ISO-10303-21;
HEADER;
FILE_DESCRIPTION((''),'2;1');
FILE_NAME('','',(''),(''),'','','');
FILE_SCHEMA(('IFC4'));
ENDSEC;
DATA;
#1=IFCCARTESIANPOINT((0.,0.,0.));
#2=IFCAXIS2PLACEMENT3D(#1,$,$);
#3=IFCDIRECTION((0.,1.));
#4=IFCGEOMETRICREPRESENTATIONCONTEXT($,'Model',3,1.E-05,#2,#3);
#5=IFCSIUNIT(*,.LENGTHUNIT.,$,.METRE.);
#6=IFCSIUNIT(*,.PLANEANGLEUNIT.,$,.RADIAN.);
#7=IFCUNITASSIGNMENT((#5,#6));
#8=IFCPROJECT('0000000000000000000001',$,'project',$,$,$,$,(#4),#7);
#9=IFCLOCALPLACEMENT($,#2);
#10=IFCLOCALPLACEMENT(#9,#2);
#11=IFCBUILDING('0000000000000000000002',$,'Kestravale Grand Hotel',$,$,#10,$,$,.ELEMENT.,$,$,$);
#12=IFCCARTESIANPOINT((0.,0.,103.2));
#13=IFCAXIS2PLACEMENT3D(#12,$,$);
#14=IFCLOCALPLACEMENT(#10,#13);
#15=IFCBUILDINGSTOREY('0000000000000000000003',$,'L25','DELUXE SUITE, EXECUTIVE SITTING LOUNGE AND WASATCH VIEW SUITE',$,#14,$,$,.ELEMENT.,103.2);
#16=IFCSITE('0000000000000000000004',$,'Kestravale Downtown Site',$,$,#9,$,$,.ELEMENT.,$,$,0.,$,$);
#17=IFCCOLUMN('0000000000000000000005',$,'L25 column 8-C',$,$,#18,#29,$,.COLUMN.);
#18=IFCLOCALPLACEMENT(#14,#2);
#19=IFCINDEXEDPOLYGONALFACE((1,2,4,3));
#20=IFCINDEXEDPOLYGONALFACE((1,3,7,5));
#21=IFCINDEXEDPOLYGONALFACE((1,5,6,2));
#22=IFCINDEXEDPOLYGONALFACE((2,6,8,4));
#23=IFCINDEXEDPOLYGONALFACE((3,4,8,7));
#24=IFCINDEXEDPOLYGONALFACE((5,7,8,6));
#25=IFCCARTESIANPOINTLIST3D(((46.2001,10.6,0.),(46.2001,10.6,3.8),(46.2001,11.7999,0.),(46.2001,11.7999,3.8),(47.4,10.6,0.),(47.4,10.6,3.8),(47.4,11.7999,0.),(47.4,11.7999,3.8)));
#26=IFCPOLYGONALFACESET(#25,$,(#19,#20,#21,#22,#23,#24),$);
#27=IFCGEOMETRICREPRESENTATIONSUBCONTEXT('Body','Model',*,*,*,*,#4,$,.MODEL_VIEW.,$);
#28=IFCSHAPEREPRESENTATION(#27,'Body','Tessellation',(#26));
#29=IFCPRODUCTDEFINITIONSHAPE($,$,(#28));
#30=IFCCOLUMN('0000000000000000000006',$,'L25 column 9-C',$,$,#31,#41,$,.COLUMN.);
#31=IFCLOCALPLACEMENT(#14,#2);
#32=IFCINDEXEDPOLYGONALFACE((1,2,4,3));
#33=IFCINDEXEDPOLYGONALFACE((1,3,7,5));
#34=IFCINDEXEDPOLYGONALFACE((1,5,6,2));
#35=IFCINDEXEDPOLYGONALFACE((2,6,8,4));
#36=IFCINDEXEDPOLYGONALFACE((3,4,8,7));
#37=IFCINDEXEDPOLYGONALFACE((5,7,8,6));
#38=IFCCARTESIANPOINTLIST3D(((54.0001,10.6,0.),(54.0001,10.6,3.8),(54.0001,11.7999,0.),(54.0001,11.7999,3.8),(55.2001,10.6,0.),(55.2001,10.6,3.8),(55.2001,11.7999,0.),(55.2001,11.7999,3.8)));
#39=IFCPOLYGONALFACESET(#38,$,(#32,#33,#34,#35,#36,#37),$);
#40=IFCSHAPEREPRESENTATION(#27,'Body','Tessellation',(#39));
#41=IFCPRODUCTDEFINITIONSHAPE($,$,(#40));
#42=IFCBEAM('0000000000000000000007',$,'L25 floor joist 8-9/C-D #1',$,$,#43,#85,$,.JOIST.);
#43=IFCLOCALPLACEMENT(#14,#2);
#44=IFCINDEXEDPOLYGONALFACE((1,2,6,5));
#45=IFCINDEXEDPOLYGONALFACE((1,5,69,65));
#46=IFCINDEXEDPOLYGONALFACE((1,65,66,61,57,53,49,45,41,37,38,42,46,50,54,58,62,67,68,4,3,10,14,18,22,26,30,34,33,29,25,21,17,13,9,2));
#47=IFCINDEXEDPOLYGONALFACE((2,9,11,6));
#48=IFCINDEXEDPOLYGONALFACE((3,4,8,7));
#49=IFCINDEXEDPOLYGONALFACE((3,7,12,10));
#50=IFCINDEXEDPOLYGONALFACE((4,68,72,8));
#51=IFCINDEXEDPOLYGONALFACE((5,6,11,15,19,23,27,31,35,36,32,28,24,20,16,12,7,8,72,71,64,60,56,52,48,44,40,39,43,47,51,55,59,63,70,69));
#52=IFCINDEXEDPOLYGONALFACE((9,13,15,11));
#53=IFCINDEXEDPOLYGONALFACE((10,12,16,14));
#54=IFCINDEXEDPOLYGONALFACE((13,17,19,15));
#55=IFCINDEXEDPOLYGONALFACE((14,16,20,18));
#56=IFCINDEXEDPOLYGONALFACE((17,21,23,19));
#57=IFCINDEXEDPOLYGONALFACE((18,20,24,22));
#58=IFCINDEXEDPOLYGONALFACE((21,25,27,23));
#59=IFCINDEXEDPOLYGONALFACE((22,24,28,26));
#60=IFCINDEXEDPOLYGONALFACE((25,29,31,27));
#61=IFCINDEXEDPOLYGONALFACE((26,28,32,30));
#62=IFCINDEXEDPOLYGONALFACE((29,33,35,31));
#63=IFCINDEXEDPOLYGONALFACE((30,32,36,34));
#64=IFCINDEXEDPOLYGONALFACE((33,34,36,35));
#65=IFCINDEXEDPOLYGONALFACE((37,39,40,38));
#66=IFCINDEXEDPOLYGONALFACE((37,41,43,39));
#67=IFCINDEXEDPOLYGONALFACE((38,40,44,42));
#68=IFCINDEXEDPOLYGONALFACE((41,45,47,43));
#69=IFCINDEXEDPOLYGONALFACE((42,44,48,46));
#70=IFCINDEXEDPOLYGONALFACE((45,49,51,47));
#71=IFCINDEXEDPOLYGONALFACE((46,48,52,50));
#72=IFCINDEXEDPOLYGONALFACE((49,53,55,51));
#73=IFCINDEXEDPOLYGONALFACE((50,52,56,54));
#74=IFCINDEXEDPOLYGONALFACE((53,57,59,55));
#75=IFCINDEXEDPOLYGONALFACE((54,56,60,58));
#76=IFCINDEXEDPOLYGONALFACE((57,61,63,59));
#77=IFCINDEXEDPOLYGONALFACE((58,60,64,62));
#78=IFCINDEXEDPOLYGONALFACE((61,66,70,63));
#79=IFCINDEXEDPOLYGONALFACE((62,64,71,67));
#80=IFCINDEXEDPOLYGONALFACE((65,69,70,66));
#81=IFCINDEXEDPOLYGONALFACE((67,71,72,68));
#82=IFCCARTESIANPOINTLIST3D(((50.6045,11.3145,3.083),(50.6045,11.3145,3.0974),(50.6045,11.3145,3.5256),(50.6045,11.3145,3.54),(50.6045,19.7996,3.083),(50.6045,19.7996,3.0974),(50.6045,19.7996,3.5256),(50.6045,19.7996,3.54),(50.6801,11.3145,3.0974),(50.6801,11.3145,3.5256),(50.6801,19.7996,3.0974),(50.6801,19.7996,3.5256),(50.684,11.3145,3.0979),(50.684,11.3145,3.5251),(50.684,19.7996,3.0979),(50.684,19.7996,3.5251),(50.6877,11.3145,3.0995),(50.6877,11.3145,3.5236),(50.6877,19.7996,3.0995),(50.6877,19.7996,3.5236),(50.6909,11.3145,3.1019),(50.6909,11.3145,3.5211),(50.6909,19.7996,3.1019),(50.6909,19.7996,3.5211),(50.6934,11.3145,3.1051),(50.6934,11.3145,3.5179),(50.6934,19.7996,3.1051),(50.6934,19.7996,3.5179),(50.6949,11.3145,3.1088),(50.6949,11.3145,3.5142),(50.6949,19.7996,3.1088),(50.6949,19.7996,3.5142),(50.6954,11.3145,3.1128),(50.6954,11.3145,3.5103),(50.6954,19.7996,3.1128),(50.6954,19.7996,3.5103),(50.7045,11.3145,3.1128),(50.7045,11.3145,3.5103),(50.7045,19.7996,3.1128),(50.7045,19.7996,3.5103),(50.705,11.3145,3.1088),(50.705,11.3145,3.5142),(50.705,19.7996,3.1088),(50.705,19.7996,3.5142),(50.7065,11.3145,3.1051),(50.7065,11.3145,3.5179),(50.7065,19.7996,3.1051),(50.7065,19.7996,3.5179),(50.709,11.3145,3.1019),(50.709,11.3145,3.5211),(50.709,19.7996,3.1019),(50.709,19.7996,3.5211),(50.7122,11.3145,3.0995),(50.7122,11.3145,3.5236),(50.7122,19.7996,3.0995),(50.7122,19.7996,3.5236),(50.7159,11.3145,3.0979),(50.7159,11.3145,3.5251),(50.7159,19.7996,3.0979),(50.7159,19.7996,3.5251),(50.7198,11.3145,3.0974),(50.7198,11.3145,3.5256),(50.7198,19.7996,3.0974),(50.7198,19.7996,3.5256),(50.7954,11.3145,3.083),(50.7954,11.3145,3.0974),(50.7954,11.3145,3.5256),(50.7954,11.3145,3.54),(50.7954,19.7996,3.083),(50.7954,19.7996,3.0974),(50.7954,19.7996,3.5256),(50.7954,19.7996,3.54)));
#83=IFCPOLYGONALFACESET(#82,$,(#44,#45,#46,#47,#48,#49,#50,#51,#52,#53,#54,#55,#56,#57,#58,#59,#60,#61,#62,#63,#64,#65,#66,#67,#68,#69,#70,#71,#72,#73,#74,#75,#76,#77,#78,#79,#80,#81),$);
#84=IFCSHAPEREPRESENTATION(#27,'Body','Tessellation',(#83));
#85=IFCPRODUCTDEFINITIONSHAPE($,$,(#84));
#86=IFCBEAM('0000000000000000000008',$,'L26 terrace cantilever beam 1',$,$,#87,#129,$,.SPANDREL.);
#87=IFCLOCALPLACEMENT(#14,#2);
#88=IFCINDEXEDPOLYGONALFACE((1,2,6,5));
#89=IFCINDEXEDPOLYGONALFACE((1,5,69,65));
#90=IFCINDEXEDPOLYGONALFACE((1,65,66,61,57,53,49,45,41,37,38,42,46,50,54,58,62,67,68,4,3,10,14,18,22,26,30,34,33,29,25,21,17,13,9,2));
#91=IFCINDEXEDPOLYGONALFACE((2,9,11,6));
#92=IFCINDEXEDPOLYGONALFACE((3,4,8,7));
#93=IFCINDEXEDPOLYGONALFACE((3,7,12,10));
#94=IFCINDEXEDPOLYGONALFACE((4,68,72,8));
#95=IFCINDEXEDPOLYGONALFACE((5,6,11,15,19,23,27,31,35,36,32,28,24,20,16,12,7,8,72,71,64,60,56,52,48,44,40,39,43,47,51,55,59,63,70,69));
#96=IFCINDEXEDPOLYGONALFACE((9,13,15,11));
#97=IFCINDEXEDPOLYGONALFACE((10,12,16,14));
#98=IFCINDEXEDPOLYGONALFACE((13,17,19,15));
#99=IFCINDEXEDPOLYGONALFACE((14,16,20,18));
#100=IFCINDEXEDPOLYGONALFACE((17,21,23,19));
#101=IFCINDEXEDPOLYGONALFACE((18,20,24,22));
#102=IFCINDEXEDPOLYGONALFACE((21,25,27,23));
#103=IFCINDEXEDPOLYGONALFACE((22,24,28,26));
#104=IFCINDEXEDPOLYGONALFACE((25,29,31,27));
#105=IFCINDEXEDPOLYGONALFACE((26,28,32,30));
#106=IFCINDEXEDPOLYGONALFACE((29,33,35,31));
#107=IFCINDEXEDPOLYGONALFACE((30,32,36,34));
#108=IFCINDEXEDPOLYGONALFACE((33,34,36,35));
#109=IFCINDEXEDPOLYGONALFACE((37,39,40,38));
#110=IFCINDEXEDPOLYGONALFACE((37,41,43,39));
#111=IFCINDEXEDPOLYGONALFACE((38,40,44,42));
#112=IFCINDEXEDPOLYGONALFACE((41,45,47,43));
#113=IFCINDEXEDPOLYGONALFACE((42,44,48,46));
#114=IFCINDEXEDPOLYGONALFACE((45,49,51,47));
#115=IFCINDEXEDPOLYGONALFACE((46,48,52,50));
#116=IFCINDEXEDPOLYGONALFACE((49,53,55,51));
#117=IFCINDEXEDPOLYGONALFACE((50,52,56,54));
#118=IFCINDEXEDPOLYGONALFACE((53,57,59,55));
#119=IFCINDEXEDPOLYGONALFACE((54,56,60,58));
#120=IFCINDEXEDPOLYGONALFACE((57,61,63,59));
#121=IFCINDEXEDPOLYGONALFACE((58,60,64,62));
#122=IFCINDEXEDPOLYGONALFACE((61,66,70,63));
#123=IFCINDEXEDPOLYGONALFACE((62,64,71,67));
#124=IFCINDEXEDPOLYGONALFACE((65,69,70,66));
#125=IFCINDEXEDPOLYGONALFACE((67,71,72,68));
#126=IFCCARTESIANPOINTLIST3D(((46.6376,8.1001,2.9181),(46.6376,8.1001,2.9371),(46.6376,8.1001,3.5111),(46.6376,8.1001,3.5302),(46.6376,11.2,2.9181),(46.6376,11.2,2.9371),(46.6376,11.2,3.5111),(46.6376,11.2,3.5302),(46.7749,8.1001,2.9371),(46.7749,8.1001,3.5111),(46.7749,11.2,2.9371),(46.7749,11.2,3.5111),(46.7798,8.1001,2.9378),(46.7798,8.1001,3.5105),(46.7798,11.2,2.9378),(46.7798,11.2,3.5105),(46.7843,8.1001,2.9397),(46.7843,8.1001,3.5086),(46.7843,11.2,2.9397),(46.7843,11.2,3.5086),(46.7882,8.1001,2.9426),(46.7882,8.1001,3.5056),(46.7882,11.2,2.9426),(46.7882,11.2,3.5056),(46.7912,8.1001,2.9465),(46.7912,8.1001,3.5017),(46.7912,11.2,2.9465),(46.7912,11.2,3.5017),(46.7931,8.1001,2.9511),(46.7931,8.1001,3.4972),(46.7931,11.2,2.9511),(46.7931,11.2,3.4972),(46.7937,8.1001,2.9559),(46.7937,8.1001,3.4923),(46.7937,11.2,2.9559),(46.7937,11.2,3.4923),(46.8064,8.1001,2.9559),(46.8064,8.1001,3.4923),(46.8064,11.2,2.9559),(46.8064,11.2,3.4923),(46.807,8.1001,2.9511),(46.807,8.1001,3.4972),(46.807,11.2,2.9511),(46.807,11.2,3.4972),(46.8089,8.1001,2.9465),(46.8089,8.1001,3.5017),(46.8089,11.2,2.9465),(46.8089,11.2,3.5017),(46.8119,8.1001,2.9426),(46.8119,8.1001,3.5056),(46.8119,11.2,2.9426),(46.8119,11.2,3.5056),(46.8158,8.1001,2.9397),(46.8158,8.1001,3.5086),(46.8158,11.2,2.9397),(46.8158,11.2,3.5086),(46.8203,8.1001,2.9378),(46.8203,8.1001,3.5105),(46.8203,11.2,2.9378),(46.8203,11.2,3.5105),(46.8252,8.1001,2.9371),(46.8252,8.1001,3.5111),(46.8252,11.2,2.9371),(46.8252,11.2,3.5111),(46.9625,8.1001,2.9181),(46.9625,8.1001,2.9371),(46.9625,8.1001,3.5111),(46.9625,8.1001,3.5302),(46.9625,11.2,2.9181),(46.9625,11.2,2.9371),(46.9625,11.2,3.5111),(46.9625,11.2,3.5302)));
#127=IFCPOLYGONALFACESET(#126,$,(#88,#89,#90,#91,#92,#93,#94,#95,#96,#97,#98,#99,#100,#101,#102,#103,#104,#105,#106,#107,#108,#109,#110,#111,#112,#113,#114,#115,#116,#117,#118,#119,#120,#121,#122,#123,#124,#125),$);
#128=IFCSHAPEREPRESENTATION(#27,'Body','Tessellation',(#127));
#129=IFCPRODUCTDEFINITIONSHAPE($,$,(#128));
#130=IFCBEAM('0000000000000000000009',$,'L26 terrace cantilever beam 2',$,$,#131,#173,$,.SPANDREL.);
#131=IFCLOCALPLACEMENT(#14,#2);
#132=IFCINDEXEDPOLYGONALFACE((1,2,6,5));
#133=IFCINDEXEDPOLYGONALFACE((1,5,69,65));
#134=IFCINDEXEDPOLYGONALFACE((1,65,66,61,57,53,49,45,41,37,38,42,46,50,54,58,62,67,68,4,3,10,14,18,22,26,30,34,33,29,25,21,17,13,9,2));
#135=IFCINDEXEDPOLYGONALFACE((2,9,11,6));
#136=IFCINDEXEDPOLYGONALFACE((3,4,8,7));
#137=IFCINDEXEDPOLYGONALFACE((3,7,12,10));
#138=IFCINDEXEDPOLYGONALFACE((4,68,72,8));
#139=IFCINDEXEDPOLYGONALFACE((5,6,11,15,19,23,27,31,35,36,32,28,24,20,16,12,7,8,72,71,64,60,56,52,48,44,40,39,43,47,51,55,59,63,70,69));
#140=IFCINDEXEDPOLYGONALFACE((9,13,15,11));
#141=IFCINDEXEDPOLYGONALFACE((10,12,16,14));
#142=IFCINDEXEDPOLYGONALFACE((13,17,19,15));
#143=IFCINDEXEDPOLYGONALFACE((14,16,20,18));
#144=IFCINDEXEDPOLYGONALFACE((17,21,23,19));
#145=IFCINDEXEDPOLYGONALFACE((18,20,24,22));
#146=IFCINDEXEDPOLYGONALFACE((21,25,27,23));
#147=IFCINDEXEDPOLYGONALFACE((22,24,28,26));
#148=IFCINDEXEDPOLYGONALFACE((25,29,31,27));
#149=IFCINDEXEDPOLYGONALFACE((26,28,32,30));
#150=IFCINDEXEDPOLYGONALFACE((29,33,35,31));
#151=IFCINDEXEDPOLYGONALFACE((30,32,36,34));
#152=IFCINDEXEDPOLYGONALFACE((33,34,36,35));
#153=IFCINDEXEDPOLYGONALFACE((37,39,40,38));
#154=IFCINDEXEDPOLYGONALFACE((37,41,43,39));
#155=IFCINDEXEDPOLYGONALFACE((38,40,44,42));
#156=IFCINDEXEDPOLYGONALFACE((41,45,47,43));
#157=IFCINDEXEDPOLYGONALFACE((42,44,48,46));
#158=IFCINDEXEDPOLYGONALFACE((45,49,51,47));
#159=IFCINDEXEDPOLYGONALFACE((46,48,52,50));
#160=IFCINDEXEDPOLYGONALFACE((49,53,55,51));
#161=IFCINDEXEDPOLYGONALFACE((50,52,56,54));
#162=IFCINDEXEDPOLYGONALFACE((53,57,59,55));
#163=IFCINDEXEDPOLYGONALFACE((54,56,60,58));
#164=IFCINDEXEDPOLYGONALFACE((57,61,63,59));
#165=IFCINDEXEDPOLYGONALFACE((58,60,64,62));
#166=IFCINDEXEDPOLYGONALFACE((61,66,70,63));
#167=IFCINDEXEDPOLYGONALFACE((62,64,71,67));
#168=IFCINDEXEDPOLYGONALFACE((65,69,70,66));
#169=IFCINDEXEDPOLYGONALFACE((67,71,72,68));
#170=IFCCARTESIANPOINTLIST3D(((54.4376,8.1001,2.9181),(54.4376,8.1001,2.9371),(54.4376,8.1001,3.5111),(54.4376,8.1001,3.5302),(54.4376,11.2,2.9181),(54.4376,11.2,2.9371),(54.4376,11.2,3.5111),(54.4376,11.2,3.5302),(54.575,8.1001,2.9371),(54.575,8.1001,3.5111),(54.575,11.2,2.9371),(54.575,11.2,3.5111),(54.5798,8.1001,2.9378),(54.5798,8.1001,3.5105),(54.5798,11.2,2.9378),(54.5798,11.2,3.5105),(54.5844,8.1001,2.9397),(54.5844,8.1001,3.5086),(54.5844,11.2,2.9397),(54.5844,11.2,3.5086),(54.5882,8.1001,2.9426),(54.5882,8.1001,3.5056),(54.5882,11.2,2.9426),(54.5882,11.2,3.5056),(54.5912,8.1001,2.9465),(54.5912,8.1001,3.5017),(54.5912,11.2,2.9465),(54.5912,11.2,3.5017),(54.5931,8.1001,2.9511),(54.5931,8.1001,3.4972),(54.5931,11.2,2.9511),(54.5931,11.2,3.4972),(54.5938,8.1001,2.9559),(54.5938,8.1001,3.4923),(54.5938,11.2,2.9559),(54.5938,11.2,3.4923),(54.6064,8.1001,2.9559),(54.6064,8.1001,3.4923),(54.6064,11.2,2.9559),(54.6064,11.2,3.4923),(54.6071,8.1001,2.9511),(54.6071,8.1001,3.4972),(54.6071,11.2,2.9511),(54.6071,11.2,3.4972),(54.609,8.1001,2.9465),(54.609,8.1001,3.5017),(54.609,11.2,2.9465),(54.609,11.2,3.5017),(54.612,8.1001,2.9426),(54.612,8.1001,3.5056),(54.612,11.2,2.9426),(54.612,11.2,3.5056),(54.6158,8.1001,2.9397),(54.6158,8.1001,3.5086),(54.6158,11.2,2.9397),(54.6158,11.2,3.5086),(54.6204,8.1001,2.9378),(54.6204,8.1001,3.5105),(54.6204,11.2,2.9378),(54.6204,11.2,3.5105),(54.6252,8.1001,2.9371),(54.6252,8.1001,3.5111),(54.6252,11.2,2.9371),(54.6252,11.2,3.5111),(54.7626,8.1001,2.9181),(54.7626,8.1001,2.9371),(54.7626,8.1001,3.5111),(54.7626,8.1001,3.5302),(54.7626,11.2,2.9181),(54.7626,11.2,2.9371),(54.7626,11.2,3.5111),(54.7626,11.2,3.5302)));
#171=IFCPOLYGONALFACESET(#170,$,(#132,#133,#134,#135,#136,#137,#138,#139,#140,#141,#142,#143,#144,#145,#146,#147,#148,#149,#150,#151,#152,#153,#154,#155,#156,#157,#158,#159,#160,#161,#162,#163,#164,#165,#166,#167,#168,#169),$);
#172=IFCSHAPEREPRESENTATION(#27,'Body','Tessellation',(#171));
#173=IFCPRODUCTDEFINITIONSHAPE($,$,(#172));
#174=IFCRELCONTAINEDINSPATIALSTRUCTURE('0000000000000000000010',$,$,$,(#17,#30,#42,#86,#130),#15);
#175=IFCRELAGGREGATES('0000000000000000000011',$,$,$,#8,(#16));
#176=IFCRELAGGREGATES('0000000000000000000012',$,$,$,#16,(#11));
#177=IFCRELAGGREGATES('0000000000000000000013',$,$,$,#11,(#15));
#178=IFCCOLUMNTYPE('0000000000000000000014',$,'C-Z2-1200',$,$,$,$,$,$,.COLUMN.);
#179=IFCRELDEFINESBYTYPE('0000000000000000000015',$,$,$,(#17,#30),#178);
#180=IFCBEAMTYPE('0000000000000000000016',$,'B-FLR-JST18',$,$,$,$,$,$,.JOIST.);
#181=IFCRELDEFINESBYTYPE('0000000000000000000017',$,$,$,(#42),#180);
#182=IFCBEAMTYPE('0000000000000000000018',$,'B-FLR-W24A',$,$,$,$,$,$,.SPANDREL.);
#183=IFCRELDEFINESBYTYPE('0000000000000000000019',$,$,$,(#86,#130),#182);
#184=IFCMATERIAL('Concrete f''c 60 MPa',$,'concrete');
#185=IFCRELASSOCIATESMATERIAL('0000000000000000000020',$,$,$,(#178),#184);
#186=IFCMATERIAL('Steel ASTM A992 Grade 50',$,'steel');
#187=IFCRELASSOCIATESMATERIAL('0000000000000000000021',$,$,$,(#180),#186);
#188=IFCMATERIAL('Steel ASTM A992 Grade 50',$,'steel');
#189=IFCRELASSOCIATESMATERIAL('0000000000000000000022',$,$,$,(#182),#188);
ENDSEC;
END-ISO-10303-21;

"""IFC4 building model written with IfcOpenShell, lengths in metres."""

from ifc_helpers import new_model, si_unit, direction, frame, origin, origin_2d, place, context, subcontext, project, spatial, rectangle, i_section, extrude, material, material_profile, profile_set, type_object, element, save


model = new_model("IFC4")

# Units and contexts
model_context = context("Model", 3, precision=1e-05, world=origin(), true_north=direction((0.0, 1.0)))
body_context = subcontext(model_context, "Body", "Model", "MODEL_VIEW")
ifc_project = project(units=[si_unit("LENGTHUNIT", "METRE"), si_unit("PLANEANGLEUNIT", "RADIAN")], contexts=[model_context])

# Site, building, storey
site_placement = place(None, origin())
site = spatial("IfcSite", under=ifc_project, at=site_placement, Name="Kestravale Downtown Site", CompositionType="ELEMENT", RefElevation=0.0)
building_placement = place(site_placement, origin())
building = spatial("IfcBuilding", under=site, at=building_placement, Name="Kestravale Grand Hotel", CompositionType="ELEMENT")
storey_placement = place(building_placement, frame((0.0, 0.0, 103.2)))
storey = spatial("IfcBuildingStorey", under=building, at=storey_placement, Name="L25", Description="DELUXE SUITE, EXECUTIVE SITTING LOUNGE AND WASATCH VIEW SUITE", CompositionType="ELEMENT", Elevation=103.2)

# Columns
ifc_material_1 = material(Name="Concrete f'c 60 MPa", Category="concrete")
ifc_material_profile_1 = material_profile(ifc_material_1, rectangle(XDim=1.2, YDim=1.2, at=origin_2d()))
ifc_profile_set_1 = profile_set([ifc_material_profile_1], Name="Concrete f'c 60 MPa")
column_type = type_object("IfcColumnType", Name="C-Z2-1200", PredefinedType="COLUMN", material=ifc_profile_set_1)
for number, where, z_axis, x_axis, name in (
    (1, (46.8, 11.2, 0.0), (0.0, 0.0, 1.0), (1.0, 0.0, 0.0), "L25 column 8-C"),
    (2, (54.6001, 11.2, 0.0), (0.0, 0.0, 1.0), (1.0, 0.0, 0.0), "L25 column 9-C"),
):
    element("IfcColumn", number, at=place(storey_placement, frame(where, z_axis=z_axis, x_axis=x_axis)), inside=storey, type_object=column_type, Name=name, PredefinedType="COLUMN", context=body_context, shape_type="SweptSolid", body=[
        extrude(rectangle(XDim=1.2, YDim=1.2, at=origin_2d()), origin(), (0.0, 0.0, 1.0), 3.8),
    ])

# Beams
ifc_material_2 = material(Name="Steel ASTM A992 Grade 50", Category="steel")
ifc_material_profile_2 = material_profile(ifc_material_2, i_section(OverallWidth=0.1909, OverallDepth=0.457, WebThickness=0.009, FlangeThickness=0.0144, FilletRadius=0.0154, at=origin_2d()))
ifc_profile_set_2 = profile_set([ifc_material_profile_2], Name="Steel ASTM A992 Grade 50")
beam_type_1 = type_object("IfcBeamType", Name="B-FLR-JST18", PredefinedType="JOIST", material=ifc_profile_set_2)
beam_1_placement = place(storey_placement, frame((50.7, 11.3145, 3.3115), z_axis=(0.0, 1.0, 0.0), x_axis=(-1.0, 0.0, 0.0)))
element("IfcBeam", 3, at=beam_1_placement, inside=storey, type_object=beam_type_1, Name="L25 floor joist 8-9/C-D #1", PredefinedType="JOIST", context=body_context, shape_type="SweptSolid", body=[
    extrude(i_section(OverallWidth=0.1909, OverallDepth=0.457, WebThickness=0.009, FlangeThickness=0.0144, FilletRadius=0.0154, at=origin_2d()), origin(), (0.0, 0.0, 1.0), 8.4851),
])
ifc_material_3 = material(Name="Steel ASTM A992 Grade 50", Category="steel")
ifc_material_profile_3 = material_profile(ifc_material_3, i_section(OverallWidth=0.325, OverallDepth=0.6121, WebThickness=0.0127, FlangeThickness=0.019, FilletRadius=0.0188, at=origin_2d()))
ifc_profile_set_3 = profile_set([ifc_material_profile_3], Name="Steel ASTM A992 Grade 50")
beam_type_2 = type_object("IfcBeamType", Name="B-FLR-W24A", PredefinedType="SPANDREL", material=ifc_profile_set_3)
for number, where, z_axis, x_axis, name in (
    (4, (46.8, 11.2, 3.2241), (0.0, -1.0, 0.0), (1.0, 0.0, 0.0), "L26 terrace cantilever beam 1"),
    (5, (54.6001, 11.2, 3.2241), (0.0, -1.0, 0.0), (1.0, 0.0, 0.0), "L26 terrace cantilever beam 2"),
):
    element("IfcBeam", number, at=place(storey_placement, frame(where, z_axis=z_axis, x_axis=x_axis)), inside=storey, type_object=beam_type_2, Name=name, PredefinedType="SPANDREL", context=body_context, shape_type="SweptSolid", body=[
        extrude(i_section(OverallWidth=0.325, OverallDepth=0.6121, WebThickness=0.0127, FlangeThickness=0.019, FilletRadius=0.0188, at=origin_2d()), origin(), (0.0, 0.0, 1.0), 3.0999),
    ])

save(model, "model.ifc")
